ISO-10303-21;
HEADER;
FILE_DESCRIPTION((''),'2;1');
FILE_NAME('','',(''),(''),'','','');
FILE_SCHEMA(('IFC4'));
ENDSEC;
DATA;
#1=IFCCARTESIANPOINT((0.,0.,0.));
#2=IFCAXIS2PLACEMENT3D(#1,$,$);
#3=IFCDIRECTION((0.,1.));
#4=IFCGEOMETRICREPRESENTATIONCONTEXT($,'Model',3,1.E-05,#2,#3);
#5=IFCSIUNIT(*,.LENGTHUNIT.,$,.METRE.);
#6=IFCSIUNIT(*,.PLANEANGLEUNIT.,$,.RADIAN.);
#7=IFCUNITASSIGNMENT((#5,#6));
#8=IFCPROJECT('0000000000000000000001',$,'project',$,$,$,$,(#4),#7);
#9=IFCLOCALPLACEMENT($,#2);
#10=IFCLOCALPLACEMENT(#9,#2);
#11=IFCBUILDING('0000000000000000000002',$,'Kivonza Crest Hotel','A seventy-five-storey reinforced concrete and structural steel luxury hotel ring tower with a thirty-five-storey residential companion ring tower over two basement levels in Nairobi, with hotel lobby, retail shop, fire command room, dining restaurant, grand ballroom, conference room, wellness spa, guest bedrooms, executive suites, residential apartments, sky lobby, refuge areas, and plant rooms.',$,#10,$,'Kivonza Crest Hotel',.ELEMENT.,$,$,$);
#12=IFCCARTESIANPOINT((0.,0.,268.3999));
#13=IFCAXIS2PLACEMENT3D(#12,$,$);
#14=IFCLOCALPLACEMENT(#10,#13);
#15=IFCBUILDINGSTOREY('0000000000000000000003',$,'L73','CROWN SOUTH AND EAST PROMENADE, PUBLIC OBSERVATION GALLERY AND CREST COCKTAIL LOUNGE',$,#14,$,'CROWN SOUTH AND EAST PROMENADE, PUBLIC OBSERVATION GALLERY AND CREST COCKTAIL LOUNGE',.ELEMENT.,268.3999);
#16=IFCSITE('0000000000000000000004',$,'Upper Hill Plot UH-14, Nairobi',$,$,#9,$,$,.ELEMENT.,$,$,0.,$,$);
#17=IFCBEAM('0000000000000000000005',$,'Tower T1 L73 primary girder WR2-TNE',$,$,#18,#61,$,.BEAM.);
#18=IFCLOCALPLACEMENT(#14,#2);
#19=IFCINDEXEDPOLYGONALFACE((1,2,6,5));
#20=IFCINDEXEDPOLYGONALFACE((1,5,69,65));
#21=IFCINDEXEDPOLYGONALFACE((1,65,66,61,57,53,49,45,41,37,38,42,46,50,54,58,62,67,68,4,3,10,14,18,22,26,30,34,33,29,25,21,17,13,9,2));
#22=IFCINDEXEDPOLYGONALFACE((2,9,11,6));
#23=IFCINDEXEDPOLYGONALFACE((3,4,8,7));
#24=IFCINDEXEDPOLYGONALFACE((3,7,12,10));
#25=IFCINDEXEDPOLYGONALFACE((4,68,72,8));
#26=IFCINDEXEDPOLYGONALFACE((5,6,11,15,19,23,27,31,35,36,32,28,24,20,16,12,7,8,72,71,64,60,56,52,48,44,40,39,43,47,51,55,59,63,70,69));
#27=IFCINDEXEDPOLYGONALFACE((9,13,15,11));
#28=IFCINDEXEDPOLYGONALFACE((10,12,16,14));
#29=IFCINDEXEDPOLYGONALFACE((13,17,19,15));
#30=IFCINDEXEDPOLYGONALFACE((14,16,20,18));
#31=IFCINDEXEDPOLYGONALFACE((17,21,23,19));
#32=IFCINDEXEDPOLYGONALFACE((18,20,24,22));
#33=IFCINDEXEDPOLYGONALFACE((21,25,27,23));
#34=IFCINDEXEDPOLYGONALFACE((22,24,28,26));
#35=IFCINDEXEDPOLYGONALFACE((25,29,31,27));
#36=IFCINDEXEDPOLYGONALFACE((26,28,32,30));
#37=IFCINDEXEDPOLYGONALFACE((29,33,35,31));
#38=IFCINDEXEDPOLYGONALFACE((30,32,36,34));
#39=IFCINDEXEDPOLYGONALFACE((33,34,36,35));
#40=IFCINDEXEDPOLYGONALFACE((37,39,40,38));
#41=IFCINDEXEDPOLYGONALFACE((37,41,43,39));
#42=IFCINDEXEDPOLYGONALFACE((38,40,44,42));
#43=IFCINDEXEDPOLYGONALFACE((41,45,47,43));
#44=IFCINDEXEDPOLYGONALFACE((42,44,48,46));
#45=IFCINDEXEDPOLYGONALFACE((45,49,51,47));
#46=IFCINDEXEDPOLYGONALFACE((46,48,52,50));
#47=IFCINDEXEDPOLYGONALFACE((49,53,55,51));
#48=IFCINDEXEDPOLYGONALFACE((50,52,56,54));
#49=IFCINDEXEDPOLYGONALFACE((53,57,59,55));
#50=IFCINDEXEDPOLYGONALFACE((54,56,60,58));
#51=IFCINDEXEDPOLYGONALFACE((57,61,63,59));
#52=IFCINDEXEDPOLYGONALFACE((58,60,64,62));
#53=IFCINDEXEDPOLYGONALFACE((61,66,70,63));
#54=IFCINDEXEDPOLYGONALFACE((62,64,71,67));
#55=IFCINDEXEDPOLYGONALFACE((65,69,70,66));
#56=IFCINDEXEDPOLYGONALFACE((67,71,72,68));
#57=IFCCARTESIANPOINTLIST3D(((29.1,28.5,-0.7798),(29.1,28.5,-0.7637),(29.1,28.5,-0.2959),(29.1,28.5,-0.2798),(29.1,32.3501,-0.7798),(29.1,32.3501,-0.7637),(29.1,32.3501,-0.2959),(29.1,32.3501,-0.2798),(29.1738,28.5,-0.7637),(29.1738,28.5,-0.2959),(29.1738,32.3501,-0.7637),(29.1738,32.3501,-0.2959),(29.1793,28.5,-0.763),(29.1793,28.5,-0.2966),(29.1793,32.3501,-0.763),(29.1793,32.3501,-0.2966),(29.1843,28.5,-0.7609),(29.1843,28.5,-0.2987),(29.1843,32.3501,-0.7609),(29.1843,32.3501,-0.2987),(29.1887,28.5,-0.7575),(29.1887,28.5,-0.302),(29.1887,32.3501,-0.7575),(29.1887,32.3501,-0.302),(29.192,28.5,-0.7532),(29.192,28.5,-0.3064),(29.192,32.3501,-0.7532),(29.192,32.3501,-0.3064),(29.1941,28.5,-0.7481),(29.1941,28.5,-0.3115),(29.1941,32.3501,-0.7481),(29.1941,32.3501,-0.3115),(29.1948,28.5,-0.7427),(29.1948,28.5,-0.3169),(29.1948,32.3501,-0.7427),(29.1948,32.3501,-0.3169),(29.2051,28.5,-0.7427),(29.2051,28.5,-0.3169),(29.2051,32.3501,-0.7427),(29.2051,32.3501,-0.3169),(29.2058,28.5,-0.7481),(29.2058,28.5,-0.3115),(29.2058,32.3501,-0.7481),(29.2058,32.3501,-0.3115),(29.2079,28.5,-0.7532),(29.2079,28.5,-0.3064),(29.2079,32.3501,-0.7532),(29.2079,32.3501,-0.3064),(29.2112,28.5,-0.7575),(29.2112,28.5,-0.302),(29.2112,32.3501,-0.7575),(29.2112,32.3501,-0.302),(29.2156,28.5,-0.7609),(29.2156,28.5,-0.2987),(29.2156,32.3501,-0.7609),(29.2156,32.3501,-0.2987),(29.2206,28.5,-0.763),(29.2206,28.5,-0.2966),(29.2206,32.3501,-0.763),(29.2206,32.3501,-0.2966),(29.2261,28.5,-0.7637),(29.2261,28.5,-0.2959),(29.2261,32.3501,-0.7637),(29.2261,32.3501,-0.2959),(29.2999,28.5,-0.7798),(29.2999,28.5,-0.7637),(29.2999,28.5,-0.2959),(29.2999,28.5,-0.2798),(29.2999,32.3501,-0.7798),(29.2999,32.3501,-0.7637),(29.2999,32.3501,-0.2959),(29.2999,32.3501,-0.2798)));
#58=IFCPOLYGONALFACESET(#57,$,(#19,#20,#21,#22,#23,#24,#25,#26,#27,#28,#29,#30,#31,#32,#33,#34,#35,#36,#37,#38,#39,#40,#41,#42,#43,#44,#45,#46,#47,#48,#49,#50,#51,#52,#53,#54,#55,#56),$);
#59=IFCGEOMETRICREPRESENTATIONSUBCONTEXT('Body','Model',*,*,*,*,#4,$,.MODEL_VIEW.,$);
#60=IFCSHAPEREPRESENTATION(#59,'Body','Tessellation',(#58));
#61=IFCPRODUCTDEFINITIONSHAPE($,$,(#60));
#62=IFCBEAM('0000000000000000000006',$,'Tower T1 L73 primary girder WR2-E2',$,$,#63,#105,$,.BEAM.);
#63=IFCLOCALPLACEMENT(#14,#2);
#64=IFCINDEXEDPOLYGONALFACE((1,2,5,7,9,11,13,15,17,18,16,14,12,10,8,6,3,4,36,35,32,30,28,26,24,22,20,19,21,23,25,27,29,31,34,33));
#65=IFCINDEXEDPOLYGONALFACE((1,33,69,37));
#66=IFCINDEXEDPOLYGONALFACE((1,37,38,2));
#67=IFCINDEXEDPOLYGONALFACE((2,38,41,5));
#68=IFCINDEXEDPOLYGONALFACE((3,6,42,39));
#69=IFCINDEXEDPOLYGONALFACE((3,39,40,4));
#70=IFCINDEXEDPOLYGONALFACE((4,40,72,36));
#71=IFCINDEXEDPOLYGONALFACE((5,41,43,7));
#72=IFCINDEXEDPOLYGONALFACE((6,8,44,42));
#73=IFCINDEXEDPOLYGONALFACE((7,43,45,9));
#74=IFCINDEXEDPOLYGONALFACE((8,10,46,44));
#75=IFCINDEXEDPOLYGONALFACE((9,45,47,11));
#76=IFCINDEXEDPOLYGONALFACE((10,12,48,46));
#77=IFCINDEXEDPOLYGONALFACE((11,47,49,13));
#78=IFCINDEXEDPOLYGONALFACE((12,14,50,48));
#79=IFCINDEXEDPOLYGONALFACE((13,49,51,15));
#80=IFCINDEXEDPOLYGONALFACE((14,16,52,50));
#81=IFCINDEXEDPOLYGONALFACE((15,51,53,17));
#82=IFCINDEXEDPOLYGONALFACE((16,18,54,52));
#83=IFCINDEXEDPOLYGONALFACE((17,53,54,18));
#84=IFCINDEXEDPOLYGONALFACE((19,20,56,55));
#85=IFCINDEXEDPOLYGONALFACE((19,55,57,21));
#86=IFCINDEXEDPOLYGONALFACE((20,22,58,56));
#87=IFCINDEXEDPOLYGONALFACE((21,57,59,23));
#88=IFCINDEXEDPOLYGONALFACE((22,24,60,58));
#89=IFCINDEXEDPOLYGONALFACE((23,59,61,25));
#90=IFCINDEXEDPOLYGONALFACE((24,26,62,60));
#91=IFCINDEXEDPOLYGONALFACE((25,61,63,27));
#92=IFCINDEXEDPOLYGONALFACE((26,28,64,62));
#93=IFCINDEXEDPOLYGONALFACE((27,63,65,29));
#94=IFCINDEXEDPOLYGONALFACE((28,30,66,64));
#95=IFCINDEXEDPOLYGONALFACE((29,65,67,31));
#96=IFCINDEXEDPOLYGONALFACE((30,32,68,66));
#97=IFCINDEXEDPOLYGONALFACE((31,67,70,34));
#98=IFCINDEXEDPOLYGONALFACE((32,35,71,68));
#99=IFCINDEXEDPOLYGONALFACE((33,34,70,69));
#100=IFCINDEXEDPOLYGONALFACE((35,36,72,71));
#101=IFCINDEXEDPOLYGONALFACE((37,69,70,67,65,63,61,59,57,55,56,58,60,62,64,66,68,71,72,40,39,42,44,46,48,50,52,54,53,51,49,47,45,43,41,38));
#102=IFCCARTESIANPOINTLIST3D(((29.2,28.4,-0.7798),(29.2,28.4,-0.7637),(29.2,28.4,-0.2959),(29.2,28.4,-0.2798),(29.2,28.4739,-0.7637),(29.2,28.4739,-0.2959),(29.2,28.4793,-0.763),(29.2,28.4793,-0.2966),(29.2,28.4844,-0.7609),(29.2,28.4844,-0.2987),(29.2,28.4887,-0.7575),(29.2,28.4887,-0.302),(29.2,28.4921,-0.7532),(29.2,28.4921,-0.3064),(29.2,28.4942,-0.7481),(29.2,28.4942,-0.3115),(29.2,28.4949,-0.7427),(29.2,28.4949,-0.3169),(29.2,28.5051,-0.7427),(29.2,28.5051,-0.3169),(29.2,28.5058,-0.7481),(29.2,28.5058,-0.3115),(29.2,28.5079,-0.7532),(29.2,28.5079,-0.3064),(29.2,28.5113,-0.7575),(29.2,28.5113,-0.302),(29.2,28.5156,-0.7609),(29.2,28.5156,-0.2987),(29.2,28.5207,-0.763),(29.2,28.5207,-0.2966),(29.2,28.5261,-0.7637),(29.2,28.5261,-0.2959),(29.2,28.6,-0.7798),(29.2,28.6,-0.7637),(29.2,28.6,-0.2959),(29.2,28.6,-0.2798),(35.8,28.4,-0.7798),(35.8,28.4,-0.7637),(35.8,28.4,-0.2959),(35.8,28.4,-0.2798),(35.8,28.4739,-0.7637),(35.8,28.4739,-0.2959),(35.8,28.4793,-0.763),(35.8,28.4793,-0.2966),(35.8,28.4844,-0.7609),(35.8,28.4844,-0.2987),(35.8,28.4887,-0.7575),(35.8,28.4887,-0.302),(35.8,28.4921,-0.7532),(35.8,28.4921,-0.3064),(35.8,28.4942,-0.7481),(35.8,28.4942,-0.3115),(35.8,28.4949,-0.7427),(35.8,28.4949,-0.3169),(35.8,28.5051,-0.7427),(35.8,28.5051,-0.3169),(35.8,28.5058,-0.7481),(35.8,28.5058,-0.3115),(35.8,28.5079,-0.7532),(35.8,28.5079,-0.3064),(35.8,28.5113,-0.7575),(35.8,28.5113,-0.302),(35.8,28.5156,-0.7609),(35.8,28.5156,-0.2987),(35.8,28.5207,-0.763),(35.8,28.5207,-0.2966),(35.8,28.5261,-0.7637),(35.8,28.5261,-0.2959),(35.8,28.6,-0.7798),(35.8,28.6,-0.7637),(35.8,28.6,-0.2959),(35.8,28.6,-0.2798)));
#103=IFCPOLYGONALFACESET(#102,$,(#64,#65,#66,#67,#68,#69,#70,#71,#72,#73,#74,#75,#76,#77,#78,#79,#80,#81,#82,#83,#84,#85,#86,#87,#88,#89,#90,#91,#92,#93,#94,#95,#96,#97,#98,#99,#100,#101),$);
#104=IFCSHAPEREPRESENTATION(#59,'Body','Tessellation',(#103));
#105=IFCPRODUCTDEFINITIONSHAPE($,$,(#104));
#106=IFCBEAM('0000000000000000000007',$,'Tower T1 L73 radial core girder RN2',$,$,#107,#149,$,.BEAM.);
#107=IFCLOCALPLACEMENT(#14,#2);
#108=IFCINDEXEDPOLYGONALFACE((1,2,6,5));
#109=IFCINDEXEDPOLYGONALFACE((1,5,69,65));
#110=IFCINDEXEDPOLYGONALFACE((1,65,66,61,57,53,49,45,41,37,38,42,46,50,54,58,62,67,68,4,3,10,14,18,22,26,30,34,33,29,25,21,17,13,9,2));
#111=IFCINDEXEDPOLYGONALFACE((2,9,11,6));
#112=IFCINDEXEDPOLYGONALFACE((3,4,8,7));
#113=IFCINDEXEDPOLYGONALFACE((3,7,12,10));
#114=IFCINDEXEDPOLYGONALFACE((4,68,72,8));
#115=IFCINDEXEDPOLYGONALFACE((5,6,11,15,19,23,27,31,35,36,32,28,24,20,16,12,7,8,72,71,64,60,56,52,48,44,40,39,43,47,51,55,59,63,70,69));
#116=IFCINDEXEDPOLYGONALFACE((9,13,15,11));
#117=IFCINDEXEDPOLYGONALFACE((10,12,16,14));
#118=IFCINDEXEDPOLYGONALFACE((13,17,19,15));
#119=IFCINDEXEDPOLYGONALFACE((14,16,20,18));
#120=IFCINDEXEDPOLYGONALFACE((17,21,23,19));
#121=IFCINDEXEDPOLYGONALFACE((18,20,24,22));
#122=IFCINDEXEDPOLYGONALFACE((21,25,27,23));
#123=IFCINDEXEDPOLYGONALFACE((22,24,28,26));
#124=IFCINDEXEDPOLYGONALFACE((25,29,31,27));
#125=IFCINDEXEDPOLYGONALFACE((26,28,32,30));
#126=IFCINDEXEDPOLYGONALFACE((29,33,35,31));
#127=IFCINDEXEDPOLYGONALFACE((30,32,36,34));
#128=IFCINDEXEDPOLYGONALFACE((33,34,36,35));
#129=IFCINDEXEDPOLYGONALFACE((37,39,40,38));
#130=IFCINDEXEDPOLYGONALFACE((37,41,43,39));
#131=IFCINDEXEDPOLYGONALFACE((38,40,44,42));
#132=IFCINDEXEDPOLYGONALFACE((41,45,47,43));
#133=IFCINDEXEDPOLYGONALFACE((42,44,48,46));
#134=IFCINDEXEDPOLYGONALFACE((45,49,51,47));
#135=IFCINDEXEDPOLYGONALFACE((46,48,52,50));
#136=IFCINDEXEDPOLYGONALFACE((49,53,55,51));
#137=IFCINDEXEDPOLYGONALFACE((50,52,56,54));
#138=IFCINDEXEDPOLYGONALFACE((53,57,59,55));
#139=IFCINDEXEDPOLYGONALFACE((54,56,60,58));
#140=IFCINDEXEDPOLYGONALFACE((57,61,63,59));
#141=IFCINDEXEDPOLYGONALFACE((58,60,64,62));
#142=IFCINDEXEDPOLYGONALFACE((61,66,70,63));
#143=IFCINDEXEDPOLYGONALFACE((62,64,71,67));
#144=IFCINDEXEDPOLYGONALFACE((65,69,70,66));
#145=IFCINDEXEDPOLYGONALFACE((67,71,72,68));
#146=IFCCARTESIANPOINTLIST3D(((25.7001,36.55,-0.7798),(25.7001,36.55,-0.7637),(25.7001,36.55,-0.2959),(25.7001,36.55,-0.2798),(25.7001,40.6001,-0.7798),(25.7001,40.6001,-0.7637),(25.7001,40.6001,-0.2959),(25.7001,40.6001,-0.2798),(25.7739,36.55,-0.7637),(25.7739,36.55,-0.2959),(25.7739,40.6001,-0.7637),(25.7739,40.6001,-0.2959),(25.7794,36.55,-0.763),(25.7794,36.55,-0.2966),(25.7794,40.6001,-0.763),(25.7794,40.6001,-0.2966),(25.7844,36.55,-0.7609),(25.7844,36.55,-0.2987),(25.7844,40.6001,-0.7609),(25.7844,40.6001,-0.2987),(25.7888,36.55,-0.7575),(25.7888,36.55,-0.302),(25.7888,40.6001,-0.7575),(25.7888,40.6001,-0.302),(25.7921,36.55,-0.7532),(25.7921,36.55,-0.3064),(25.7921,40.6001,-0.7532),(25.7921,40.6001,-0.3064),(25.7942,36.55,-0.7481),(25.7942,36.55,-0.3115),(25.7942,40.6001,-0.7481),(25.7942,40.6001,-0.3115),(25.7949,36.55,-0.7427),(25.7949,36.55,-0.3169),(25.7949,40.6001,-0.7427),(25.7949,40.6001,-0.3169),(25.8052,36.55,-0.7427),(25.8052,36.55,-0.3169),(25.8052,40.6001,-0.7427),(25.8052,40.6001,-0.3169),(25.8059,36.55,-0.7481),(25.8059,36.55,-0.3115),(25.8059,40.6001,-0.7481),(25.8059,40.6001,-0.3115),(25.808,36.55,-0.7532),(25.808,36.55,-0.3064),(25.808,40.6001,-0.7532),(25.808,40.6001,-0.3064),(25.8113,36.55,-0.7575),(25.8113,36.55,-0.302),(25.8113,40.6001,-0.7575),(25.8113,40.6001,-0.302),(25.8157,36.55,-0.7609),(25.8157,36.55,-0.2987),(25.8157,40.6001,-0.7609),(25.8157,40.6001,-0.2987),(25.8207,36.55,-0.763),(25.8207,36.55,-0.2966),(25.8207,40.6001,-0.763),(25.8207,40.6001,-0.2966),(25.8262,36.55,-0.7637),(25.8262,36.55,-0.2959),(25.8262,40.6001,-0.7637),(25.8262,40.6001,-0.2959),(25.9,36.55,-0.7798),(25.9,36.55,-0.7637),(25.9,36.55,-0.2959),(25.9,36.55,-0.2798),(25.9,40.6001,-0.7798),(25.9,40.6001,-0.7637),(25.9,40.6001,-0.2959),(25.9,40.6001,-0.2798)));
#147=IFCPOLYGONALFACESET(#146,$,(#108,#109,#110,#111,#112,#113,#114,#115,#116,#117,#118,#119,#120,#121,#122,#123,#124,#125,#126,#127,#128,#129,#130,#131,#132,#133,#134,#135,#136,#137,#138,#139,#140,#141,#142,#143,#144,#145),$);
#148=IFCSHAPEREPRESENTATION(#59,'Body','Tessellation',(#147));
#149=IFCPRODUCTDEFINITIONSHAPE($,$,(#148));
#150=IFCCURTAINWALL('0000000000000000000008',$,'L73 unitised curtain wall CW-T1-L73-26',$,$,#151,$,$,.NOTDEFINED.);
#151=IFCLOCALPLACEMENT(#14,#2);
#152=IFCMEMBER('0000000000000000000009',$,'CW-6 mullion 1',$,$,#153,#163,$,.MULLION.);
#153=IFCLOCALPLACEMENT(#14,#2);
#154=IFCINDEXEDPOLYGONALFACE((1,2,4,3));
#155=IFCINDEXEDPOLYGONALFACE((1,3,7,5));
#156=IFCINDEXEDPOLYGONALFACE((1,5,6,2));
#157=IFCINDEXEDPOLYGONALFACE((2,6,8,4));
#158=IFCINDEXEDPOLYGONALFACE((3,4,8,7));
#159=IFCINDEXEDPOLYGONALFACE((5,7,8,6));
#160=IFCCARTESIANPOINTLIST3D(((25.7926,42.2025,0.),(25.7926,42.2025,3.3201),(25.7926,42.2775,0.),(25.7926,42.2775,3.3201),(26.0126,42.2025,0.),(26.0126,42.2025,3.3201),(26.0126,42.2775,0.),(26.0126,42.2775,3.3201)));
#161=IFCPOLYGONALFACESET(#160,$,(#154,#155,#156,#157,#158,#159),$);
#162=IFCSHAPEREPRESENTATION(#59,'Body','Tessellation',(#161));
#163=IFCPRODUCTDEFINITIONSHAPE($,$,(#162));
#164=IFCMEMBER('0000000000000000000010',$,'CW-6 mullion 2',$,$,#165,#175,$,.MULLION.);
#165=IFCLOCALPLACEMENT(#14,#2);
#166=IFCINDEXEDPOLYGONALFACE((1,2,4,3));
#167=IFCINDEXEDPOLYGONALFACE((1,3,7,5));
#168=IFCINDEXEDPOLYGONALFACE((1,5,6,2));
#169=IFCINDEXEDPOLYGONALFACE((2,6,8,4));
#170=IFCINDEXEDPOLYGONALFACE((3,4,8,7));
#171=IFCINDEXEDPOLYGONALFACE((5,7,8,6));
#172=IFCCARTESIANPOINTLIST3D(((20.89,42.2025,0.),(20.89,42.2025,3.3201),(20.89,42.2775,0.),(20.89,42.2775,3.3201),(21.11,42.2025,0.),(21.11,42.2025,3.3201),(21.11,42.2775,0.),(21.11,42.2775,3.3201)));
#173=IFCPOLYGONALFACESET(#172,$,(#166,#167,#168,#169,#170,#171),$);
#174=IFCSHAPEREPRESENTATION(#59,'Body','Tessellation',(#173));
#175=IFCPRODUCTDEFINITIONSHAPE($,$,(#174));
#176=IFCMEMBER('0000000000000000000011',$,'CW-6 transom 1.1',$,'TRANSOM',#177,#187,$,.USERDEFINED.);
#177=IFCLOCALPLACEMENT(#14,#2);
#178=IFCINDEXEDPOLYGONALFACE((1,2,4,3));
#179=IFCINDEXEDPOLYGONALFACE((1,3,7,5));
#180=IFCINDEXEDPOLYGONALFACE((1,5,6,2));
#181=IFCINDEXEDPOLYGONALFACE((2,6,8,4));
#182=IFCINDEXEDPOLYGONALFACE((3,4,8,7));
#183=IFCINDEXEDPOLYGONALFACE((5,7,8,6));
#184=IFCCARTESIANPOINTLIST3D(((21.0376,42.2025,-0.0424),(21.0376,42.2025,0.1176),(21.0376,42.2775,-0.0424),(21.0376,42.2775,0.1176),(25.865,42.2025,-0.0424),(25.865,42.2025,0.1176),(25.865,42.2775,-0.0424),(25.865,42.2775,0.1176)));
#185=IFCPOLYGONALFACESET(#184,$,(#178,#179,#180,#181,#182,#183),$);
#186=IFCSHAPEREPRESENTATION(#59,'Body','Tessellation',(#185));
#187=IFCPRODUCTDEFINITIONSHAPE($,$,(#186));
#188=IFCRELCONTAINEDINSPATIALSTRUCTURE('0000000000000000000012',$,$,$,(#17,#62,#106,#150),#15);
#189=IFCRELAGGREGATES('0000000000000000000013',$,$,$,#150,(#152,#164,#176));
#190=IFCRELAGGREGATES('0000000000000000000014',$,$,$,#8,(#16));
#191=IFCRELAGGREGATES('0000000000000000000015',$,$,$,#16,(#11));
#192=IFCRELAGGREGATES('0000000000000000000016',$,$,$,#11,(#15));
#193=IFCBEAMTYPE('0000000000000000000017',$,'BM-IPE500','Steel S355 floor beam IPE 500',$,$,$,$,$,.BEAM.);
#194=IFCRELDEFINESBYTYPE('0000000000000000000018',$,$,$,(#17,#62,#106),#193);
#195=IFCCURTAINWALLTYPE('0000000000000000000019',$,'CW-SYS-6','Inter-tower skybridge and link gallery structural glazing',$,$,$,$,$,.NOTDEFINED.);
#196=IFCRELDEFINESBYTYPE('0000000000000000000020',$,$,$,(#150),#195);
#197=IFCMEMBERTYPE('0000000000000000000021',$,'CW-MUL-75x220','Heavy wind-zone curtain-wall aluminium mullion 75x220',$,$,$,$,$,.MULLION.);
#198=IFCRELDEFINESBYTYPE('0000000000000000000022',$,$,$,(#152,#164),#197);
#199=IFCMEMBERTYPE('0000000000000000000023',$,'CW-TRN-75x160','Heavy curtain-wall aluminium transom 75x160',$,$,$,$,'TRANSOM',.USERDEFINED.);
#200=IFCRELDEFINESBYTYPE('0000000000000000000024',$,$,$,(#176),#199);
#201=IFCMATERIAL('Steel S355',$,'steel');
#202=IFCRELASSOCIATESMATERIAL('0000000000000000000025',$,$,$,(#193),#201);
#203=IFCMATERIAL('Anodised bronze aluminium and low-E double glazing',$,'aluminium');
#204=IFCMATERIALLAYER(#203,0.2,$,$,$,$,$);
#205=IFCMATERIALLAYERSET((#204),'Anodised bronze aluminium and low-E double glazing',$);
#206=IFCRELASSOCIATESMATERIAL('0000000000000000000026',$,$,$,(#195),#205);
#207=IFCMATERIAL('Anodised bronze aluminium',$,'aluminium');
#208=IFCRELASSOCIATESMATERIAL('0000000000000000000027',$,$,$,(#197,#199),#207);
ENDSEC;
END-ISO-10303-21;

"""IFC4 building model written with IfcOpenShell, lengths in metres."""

from ifc_helpers import new_model, si_unit, direction, frame, origin, origin_2d, place, context, subcontext, project, spatial, rectangle, i_section, extrude, material, layer, layer_set, material_profile, profile_set, type_object, element, aggregate, save


model = new_model("IFC4")

# Units and contexts
model_context = context("Model", 3, precision=1e-05, world=origin(), true_north=direction((0.0, 1.0)))
body_context = subcontext(model_context, "Body", "Model", "MODEL_VIEW")
ifc_project = project(units=[si_unit("LENGTHUNIT", "METRE"), si_unit("PLANEANGLEUNIT", "RADIAN")], contexts=[model_context])

# Site, building, storey
site_placement = place(None, origin())
site = spatial("IfcSite", under=ifc_project, at=site_placement, Name="Upper Hill Plot UH-14, Nairobi", CompositionType="ELEMENT", RefElevation=0.0)
building_placement = place(site_placement, origin())
building = spatial("IfcBuilding", under=site, at=building_placement, Name="Kivonza Crest Hotel", Description="A seventy-five-storey reinforced concrete and structural steel luxury hotel ring tower with a thirty-five-storey residential companion ring tower over two basement levels in Nairobi, with hotel lobby, retail shop, fire command room, dining restaurant, grand ballroom, conference room, wellness spa, guest bedrooms, executive suites, residential apartments, sky lobby, refuge areas, and plant rooms.", LongName="Kivonza Crest Hotel", CompositionType="ELEMENT")
storey_placement = place(building_placement, frame((0.0, 0.0, 268.3999)))
storey = spatial("IfcBuildingStorey", under=building, at=storey_placement, Name="L73", Description="CROWN SOUTH AND EAST PROMENADE, PUBLIC OBSERVATION GALLERY AND CREST COCKTAIL LOUNGE", LongName="CROWN SOUTH AND EAST PROMENADE, PUBLIC OBSERVATION GALLERY AND CREST COCKTAIL LOUNGE", CompositionType="ELEMENT", Elevation=268.3999)

# Beams
ifc_material_1 = material(Name="Steel S355", Category="steel")
ifc_material_profile_1 = material_profile(ifc_material_1, i_section(OverallWidth=0.2, OverallDepth=0.5, WebThickness=0.0103, FlangeThickness=0.0161, FilletRadius=0.021, at=origin_2d()), Name="IPE 500")
ifc_profile_set_1 = profile_set([ifc_material_profile_1], Name="Steel S355")
beam_type_1 = type_object("IfcBeamType", Name="BM-IPE500", Description="Steel S355 floor beam IPE 500", PredefinedType="BEAM", material=ifc_profile_set_1)
beam_1_placement = place(storey_placement, frame((29.2, 28.5, -0.5298), z_axis=(0.0, 1.0, 0.0), x_axis=(-1.0, 0.0, 0.0)))
element("IfcBeam", 1, at=beam_1_placement, inside=storey, type_object=beam_type_1, Name="Tower T1 L73 primary girder WR2-TNE", PredefinedType="BEAM", context=body_context, shape_type="SweptSolid", body=[
    extrude(i_section(OverallWidth=0.2, OverallDepth=0.5, WebThickness=0.0103, FlangeThickness=0.0161, FilletRadius=0.021, at=origin_2d()), origin(), (0.0, 0.0, 1.0), 3.8501),
])
beam_2_placement = place(storey_placement, frame((29.2, 28.5, -0.5298), z_axis=(1.0, 0.0, 0.0), x_axis=(0.0, 1.0, 0.0)))
element("IfcBeam", 2, at=beam_2_placement, inside=storey, type_object=beam_type_1, Name="Tower T1 L73 primary girder WR2-E2", PredefinedType="BEAM", context=body_context, shape_type="SweptSolid", body=[
    extrude(i_section(OverallWidth=0.2, OverallDepth=0.5, WebThickness=0.0103, FlangeThickness=0.0161, FilletRadius=0.021, at=origin_2d()), origin(), (0.0, 0.0, 1.0), 6.6001),
])
beam_3_placement = place(storey_placement, frame((25.8, 40.6001, -0.5298), z_axis=(0.0, -1.0, 0.0), x_axis=(1.0, 0.0, 0.0)))
element("IfcBeam", 3, at=beam_3_placement, inside=storey, type_object=beam_type_1, Name="Tower T1 L73 radial core girder RN2", PredefinedType="BEAM", context=body_context, shape_type="SweptSolid", body=[
    extrude(i_section(OverallWidth=0.2, OverallDepth=0.5, WebThickness=0.0103, FlangeThickness=0.0161, FilletRadius=0.021, at=origin_2d()), origin(), (0.0, 0.0, 1.0), 4.05),
])

# Curtain wall, members
ifc_material_2 = material(Name="Anodised bronze aluminium and low-E double glazing", Category="aluminium")
ifc_layer_1 = layer(ifc_material_2, 0.2)
ifc_layer_set_1 = layer_set([ifc_layer_1], Name="Anodised bronze aluminium and low-E double glazing")
curtain_wall_type = type_object("IfcCurtainWallType", Name="CW-SYS-6", Description="Inter-tower skybridge and link gallery structural glazing", PredefinedType="NOTDEFINED", material=ifc_layer_set_1)
curtain_wall_placement = place(storey_placement, origin())
curtain_wall = element("IfcCurtainWall", 4, at=curtain_wall_placement, inside=storey, type_object=curtain_wall_type, Name="L73 unitised curtain wall CW-T1-L73-26", PredefinedType="NOTDEFINED")
ifc_material_3 = material(Name="Anodised bronze aluminium", Category="aluminium")
ifc_material_profile_2 = material_profile(ifc_material_3, rectangle(XDim=0.075, YDim=0.22, at=origin_2d()), Name="CW-M 75x220")
ifc_profile_set_2 = profile_set([ifc_material_profile_2], Name="Anodised bronze aluminium")
member_type_1 = type_object("IfcMemberType", Name="CW-MUL-75x220", Description="Heavy wind-zone curtain-wall aluminium mullion 75x220", PredefinedType="MULLION", material=ifc_profile_set_2)
member_1_placement = place(storey_placement, frame((25.9026, 42.24, 0.0), z_axis=(0.0, 0.0, 1.0), x_axis=(0.0, -1.0, 0.0)))
member_1 = element("IfcMember", 5, at=member_1_placement, type_object=member_type_1, Name="CW-6 mullion 1", PredefinedType="MULLION", context=body_context, shape_type="SweptSolid", body=[
    extrude(rectangle(XDim=0.075, YDim=0.22, at=origin_2d()), origin(), (0.0, 0.0, 1.0), 3.3201),
])
member_2_placement = place(storey_placement, frame((21.0, 42.24, 0.0), z_axis=(0.0, 0.0, 1.0), x_axis=(0.0, -1.0, 0.0)))
member_2 = element("IfcMember", 6, at=member_2_placement, type_object=member_type_1, Name="CW-6 mullion 2", PredefinedType="MULLION", context=body_context, shape_type="SweptSolid", body=[
    extrude(rectangle(XDim=0.075, YDim=0.22, at=origin_2d()), origin(), (0.0, 0.0, 1.0), 3.3201),
])
ifc_material_profile_3 = material_profile(ifc_material_3, rectangle(XDim=0.075, YDim=0.1599, at=origin_2d()), Name="CW-T 75x160")
ifc_profile_set_3 = profile_set([ifc_material_profile_3], Name="Anodised bronze aluminium")
member_type_2 = type_object("IfcMemberType", Name="CW-TRN-75x160", Description="Heavy curtain-wall aluminium transom 75x160", ElementType="TRANSOM", PredefinedType="USERDEFINED", material=ifc_profile_set_3)
member_3_placement = place(storey_placement, frame((25.865, 42.24, 0.0376), z_axis=(-1.0, 0.0, 0.0), x_axis=(0.0, -1.0, 0.0)))
member_3 = element("IfcMember", 7, at=member_3_placement, type_object=member_type_2, Name="CW-6 transom 1.1", ObjectType="TRANSOM", PredefinedType="USERDEFINED", context=body_context, shape_type="SweptSolid", body=[
    extrude(rectangle(XDim=0.075, YDim=0.1599, at=origin_2d()), origin(), (0.0, 0.0, 1.0), 4.8274),
])
aggregate(curtain_wall, [member_1, member_2, member_3])

save(model, "model.ifc")
